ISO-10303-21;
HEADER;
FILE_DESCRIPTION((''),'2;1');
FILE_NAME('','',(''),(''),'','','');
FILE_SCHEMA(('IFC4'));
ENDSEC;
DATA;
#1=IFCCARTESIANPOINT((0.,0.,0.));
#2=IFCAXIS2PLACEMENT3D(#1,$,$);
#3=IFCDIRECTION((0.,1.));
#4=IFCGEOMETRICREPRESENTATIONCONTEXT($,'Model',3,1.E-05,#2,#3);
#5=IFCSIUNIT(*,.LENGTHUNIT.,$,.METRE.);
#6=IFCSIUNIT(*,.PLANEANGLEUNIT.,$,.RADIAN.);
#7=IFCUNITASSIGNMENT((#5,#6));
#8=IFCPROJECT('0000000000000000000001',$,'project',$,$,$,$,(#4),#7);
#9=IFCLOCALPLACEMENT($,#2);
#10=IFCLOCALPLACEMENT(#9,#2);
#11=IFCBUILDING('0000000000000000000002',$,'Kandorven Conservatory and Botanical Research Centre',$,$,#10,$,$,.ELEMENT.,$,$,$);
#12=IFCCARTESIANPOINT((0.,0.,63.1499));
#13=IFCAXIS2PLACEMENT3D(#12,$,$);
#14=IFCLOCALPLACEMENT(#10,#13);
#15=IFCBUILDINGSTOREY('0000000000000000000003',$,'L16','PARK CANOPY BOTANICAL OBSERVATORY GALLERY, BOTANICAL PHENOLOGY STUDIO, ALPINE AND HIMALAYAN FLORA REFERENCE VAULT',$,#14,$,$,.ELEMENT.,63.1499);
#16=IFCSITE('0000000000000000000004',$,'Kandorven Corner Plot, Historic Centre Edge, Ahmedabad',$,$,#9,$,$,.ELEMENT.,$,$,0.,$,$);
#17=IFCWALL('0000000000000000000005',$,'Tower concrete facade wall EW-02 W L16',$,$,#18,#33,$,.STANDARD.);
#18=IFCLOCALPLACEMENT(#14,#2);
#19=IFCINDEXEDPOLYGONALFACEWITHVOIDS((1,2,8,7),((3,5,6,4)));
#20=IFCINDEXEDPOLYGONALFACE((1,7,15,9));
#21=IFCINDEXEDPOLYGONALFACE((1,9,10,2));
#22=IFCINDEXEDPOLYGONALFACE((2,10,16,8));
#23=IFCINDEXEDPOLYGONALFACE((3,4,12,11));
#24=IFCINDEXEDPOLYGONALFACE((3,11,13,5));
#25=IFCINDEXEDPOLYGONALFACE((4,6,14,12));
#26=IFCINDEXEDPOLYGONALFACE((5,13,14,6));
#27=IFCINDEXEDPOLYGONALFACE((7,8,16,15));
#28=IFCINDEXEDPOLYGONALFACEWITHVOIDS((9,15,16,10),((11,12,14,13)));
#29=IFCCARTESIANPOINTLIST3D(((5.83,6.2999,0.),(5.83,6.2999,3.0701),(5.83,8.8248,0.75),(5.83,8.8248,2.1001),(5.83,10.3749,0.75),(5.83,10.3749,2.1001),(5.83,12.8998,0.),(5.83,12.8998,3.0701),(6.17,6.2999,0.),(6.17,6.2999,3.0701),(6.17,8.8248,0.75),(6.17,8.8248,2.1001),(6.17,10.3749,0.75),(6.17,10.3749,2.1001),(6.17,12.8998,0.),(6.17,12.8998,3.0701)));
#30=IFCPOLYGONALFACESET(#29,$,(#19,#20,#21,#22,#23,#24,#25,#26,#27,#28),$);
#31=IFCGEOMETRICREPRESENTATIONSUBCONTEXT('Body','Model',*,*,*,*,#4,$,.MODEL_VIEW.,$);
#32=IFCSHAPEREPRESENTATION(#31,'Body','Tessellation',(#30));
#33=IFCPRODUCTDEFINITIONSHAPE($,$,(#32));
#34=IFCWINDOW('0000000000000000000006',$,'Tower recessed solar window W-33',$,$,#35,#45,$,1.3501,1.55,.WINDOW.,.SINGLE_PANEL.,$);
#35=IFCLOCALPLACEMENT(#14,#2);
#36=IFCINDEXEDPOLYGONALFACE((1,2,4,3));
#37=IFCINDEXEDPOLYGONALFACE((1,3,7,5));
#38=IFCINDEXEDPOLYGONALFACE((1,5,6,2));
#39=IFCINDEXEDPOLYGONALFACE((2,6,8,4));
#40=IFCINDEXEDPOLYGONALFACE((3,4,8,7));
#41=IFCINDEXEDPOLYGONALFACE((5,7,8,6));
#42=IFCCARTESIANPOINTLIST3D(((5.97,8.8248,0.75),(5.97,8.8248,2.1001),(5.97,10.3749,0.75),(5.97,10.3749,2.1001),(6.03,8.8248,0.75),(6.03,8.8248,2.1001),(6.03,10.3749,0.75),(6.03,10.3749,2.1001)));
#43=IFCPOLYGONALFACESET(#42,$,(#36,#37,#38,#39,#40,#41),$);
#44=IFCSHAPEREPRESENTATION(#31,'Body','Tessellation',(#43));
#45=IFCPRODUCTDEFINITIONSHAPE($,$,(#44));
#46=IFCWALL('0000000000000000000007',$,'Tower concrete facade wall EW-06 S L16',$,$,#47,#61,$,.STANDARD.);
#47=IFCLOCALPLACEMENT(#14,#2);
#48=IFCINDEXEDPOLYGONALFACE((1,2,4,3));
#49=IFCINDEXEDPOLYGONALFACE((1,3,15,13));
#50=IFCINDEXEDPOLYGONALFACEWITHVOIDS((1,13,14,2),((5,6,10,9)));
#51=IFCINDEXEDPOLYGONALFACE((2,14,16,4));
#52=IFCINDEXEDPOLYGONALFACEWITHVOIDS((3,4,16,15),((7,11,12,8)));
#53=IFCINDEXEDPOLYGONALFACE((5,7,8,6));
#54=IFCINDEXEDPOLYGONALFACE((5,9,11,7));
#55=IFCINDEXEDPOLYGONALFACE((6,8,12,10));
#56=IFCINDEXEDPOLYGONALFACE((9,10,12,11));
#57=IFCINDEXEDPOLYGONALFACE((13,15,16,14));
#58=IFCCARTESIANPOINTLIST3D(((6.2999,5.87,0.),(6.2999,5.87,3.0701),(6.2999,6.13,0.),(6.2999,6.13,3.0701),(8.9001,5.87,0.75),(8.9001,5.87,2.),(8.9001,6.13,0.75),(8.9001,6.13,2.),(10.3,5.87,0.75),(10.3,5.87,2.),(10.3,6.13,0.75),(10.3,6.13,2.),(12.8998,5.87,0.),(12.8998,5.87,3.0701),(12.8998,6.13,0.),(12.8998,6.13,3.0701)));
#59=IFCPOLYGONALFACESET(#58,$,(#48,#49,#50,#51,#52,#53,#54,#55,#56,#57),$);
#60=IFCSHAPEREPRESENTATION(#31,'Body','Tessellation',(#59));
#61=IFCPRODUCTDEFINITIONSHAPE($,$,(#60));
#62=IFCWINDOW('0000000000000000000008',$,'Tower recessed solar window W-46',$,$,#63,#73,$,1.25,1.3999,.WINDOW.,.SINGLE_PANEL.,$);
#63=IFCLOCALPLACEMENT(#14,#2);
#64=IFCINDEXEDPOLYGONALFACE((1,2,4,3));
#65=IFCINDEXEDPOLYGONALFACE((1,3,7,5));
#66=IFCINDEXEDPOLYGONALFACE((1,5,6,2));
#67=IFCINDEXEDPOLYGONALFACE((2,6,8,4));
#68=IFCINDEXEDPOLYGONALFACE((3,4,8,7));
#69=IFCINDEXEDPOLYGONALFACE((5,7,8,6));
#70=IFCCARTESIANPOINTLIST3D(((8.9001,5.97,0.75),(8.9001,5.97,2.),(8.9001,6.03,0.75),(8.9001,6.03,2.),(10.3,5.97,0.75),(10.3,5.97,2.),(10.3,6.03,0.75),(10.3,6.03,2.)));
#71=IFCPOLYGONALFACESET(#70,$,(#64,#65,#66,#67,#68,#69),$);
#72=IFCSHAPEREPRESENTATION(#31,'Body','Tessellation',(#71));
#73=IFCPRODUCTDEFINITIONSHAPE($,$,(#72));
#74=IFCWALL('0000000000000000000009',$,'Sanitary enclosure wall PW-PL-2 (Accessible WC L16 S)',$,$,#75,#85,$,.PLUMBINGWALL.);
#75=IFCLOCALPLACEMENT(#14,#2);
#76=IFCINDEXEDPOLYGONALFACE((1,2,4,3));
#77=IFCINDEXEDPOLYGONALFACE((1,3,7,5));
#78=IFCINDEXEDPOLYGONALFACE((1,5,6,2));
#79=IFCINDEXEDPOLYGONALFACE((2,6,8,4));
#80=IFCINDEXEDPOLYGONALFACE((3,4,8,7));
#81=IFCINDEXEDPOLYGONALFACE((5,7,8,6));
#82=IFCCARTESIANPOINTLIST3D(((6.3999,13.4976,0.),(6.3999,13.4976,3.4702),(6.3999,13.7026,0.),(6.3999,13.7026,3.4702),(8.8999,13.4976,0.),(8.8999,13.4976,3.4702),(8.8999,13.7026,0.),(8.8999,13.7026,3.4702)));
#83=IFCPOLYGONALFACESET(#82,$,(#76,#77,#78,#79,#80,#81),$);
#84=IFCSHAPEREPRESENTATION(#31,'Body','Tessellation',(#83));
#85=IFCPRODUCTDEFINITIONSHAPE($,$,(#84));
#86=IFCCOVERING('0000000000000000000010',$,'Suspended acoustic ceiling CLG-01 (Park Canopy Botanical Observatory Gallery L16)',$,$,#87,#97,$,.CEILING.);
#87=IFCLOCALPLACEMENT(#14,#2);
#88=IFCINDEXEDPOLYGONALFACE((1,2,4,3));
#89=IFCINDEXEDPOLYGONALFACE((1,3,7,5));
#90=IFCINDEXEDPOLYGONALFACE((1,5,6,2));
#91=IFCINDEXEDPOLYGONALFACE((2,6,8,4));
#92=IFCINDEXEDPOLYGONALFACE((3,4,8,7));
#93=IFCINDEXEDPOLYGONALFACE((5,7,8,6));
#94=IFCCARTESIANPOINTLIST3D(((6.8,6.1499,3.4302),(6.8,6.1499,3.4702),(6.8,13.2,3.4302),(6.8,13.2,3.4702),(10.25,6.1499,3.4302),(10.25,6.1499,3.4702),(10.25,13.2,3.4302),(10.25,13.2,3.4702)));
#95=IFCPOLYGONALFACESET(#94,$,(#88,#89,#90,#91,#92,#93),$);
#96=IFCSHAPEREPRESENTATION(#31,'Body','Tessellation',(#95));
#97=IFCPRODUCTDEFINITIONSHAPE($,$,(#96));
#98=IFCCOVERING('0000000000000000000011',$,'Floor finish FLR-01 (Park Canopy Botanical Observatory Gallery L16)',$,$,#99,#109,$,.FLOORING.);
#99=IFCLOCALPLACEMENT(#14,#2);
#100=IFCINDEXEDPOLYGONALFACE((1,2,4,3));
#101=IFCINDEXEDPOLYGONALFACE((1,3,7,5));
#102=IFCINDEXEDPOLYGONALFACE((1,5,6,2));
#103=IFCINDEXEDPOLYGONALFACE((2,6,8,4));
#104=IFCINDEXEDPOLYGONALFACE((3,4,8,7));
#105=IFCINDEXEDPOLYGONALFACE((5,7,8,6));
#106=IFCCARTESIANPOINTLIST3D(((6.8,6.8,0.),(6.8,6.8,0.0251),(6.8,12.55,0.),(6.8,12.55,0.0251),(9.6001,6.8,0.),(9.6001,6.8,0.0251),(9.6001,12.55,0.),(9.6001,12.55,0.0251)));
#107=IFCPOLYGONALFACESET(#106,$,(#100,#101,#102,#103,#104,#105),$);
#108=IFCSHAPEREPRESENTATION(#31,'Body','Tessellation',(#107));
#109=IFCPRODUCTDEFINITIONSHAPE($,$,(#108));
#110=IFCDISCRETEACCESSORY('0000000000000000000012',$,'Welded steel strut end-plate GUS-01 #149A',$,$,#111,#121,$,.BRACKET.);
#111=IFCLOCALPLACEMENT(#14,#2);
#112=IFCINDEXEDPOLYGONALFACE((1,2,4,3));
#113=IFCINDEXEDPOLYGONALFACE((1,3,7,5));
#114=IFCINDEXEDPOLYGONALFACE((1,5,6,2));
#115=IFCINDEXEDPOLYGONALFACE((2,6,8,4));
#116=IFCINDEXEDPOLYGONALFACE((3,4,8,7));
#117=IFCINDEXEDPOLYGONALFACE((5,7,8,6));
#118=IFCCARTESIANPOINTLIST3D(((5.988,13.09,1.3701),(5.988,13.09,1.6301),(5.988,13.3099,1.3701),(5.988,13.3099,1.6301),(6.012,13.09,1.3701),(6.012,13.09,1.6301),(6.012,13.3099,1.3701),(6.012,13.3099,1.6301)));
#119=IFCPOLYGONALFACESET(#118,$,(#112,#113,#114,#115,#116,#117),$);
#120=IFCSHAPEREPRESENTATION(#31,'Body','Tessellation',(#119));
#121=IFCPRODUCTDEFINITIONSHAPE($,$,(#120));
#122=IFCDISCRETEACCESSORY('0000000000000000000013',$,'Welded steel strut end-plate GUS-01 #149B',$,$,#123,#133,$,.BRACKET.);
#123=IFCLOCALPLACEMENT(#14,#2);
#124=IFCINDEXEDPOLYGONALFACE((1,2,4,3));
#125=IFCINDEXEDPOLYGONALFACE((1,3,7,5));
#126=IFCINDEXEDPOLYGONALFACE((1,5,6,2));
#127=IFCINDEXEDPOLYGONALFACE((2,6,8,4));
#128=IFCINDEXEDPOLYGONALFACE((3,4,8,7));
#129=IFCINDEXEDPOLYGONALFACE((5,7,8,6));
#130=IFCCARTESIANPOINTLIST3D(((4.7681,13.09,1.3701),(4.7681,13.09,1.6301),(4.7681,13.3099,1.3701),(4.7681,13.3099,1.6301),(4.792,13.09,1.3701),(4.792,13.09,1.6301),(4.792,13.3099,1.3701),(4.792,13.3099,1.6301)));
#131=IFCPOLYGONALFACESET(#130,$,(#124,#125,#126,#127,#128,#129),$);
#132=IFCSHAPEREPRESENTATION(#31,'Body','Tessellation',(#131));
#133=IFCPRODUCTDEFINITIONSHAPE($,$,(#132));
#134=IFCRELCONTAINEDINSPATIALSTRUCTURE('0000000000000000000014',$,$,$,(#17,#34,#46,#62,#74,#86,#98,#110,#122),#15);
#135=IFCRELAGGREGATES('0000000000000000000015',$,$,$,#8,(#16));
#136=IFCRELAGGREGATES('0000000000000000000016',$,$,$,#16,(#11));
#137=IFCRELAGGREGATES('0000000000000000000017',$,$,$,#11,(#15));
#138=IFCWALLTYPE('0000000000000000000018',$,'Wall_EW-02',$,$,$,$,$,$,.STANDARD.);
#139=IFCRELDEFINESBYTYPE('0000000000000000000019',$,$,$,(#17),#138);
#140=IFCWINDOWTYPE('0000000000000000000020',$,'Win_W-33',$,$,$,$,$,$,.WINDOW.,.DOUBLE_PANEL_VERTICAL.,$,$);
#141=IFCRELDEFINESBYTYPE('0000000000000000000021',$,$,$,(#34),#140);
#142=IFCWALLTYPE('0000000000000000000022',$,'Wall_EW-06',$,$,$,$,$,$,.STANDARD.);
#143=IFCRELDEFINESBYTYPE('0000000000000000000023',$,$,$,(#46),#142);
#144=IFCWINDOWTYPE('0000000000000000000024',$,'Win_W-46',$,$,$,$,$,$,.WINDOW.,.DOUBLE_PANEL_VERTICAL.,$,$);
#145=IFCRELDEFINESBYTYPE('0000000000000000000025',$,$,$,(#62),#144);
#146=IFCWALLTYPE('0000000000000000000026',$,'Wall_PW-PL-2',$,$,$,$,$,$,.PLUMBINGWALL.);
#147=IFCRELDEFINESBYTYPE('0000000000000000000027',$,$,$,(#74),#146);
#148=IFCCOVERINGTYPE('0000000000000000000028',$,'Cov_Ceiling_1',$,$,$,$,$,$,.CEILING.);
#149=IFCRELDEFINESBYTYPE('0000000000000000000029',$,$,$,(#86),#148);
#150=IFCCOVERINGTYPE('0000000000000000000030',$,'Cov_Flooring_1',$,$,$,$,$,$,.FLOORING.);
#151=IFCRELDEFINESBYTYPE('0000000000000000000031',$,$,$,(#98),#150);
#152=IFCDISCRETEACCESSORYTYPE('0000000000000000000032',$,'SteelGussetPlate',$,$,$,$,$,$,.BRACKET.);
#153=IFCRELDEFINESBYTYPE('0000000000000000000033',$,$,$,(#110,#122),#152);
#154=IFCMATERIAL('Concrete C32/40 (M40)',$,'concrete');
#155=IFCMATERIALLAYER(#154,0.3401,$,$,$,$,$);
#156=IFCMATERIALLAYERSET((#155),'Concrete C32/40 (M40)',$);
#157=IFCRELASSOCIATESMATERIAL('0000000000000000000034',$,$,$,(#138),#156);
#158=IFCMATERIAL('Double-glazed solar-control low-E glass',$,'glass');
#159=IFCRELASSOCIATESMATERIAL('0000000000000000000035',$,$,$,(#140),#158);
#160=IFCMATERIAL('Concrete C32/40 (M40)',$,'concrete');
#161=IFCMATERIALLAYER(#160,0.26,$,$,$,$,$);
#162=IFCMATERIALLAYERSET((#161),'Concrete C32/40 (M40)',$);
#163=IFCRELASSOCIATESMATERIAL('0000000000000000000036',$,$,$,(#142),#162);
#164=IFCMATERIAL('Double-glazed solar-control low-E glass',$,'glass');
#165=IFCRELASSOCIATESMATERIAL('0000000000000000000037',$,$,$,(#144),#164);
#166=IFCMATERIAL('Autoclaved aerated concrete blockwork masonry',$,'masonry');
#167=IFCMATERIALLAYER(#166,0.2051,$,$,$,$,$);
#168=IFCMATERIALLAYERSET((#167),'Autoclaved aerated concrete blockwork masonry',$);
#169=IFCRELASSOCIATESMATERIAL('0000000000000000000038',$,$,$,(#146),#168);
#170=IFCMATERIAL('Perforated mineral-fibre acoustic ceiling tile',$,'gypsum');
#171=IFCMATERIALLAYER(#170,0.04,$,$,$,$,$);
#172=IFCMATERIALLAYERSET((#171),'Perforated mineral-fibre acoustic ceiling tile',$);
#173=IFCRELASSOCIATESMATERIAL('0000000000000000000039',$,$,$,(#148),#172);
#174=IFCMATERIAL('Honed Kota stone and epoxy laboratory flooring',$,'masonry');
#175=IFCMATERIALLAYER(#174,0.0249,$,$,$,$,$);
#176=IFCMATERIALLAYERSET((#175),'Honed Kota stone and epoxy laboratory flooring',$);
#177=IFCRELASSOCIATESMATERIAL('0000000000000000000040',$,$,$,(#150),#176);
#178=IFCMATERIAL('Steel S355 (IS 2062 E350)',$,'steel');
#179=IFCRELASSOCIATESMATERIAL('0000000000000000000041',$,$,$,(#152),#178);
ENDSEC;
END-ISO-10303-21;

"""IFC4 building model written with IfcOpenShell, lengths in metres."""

from ifc_helpers import new_model, si_unit, direction, frame, frame_2d, origin, origin_2d, place, context, subcontext, project, spatial, polyline, rectangle, outline, extrude, material, layer, layer_set, type_object, element, fill, save


model = new_model("IFC4")

# Units and contexts
model_context = context("Model", 3, precision=1e-05, world=origin(), true_north=direction((0.0, 1.0)))
body_context = subcontext(model_context, "Body", "Model", "MODEL_VIEW")
ifc_project = project(units=[si_unit("LENGTHUNIT", "METRE"), si_unit("PLANEANGLEUNIT", "RADIAN")], contexts=[model_context])

# Site, building, storey
site_placement = place(None, origin())
site = spatial("IfcSite", under=ifc_project, at=site_placement, Name="Kandorven Corner Plot, Historic Centre Edge, Ahmedabad", CompositionType="ELEMENT", RefElevation=0.0)
building_placement = place(site_placement, origin())
building = spatial("IfcBuilding", under=site, at=building_placement, Name="Kandorven Conservatory and Botanical Research Centre", CompositionType="ELEMENT")
storey_placement = place(building_placement, frame((0.0, 0.0, 63.1499)))
storey = spatial("IfcBuildingStorey", under=building, at=storey_placement, Name="L16", Description="PARK CANOPY BOTANICAL OBSERVATORY GALLERY, BOTANICAL PHENOLOGY STUDIO, ALPINE AND HIMALAYAN FLORA REFERENCE VAULT", CompositionType="ELEMENT", Elevation=63.1499)

# Walls, openings, windows
ifc_material_1 = material(Name="Concrete C32/40 (M40)", Category="concrete")
ifc_layer_1 = layer(ifc_material_1, 0.3401)
ifc_layer_set_1 = layer_set([ifc_layer_1], Name="Concrete C32/40 (M40)")
wall_type_1 = type_object("IfcWallType", Name="Wall_EW-02", PredefinedType="STANDARD", material=ifc_layer_set_1)
wall_1_placement = place(storey_placement, frame((6.0, 6.3, 0.0), z_axis=(0.0, 0.0, 1.0), x_axis=(0.0, 1.0, 0.0)))
wall_1 = element("IfcWall", 1, at=wall_1_placement, inside=storey, type_object=wall_type_1, Name="Tower concrete facade wall EW-02 W L16", PredefinedType="STANDARD", context=body_context, shape_type="SweptSolid", body=[
    extrude(rectangle(XDim=6.5999, YDim=0.3401, at=frame_2d((3.2998, 0.0))), origin(), (0.0, 0.0, 1.0), 3.0701),
])
opening_1_placement = place(wall_1_placement, frame((2.5249, 0.0, 0.75)))
opening_1 = element("IfcOpeningElement", 2, at=opening_1_placement, cuts=wall_1, PredefinedType="OPENING", context=body_context, shape_type="SweptSolid", body=[
    extrude(rectangle(XDim=1.55, YDim=1.3501, at=frame_2d((0.7749, 0.675))), frame((0.0, 0.1799, 0.0), z_axis=(0.0, -1.0, 0.0), x_axis=(1.0, 0.0, 0.0)), (0.0, 0.0, 1.0), 0.3601),
])
ifc_material_2 = material(Name="Double-glazed solar-control low-E glass", Category="glass")
window_type_1 = type_object("IfcWindowType", Name="Win_W-33", PartitioningType="DOUBLE_PANEL_VERTICAL", PredefinedType="WINDOW", material=ifc_material_2)
window_1_placement = place(opening_1_placement, origin())
window_1 = element("IfcWindow", 3, at=window_1_placement, inside=storey, type_object=window_type_1, Name="Tower recessed solar window W-33", OverallHeight=1.3501, OverallWidth=1.55, PartitioningType="SINGLE_PANEL", PredefinedType="WINDOW", context=body_context, shape_type="SweptSolid", body=[
    extrude(rectangle(XDim=1.55, YDim=1.3501, at=frame_2d((0.7749, 0.675))), frame((0.0, 0.03, 0.0), z_axis=(0.0, -1.0, 0.0), x_axis=(1.0, 0.0, 0.0)), (0.0, 0.0, 1.0), 0.0601),
])
fill(opening_1, window_1)
ifc_material_3 = material(Name="Concrete C32/40 (M40)", Category="concrete")
ifc_layer_2 = layer(ifc_material_3, 0.26)
ifc_layer_set_2 = layer_set([ifc_layer_2], Name="Concrete C32/40 (M40)")
wall_type_2 = type_object("IfcWallType", Name="Wall_EW-06", PredefinedType="STANDARD", material=ifc_layer_set_2)
wall_2_placement = place(storey_placement, frame((6.3, 6.0, 0.0), z_axis=(0.0, 0.0, 1.0), x_axis=(1.0, 0.0, 0.0)))
wall_2 = element("IfcWall", 4, at=wall_2_placement, inside=storey, type_object=wall_type_2, Name="Tower concrete facade wall EW-06 S L16", PredefinedType="STANDARD", context=body_context, shape_type="SweptSolid", body=[
    extrude(rectangle(XDim=6.5999, YDim=0.26, at=frame_2d((3.2998, 0.0))), origin(), (0.0, 0.0, 1.0), 3.0701),
])
opening_2_placement = place(wall_2_placement, frame((2.6001, 0.0, 0.75)))
opening_2 = element("IfcOpeningElement", 5, at=opening_2_placement, cuts=wall_2, PredefinedType="OPENING", context=body_context, shape_type="SweptSolid", body=[
    extrude(rectangle(XDim=1.3999, YDim=1.25, at=frame_2d((0.7, 0.625))), frame((0.0, 0.1399, 0.0), z_axis=(0.0, -1.0, 0.0), x_axis=(1.0, 0.0, 0.0)), (0.0, 0.0, 1.0), 0.28),
])
ifc_material_4 = material(Name="Double-glazed solar-control low-E glass", Category="glass")
window_type_2 = type_object("IfcWindowType", Name="Win_W-46", PartitioningType="DOUBLE_PANEL_VERTICAL", PredefinedType="WINDOW", material=ifc_material_4)
window_2_placement = place(opening_2_placement, origin())
window_2 = element("IfcWindow", 6, at=window_2_placement, inside=storey, type_object=window_type_2, Name="Tower recessed solar window W-46", OverallHeight=1.25, OverallWidth=1.3999, PartitioningType="SINGLE_PANEL", PredefinedType="WINDOW", context=body_context, shape_type="SweptSolid", body=[
    extrude(rectangle(XDim=1.3999, YDim=1.25, at=frame_2d((0.7, 0.625))), frame((0.0, 0.03, 0.0), z_axis=(0.0, -1.0, 0.0), x_axis=(1.0, 0.0, 0.0)), (0.0, 0.0, 1.0), 0.0601),
])
fill(opening_2, window_2)

# Wall
ifc_material_5 = material(Name="Autoclaved aerated concrete blockwork masonry", Category="masonry")
ifc_layer_3 = layer(ifc_material_5, 0.2051)
ifc_layer_set_3 = layer_set([ifc_layer_3], Name="Autoclaved aerated concrete blockwork masonry")
wall_type_3 = type_object("IfcWallType", Name="Wall_PW-PL-2", PredefinedType="PLUMBINGWALL", material=ifc_layer_set_3)
wall_3_placement = place(storey_placement, frame((6.3999, 13.6001, 0.0), z_axis=(0.0, 0.0, 1.0), x_axis=(1.0, 0.0, 0.0)))
element("IfcWall", 7, at=wall_3_placement, inside=storey, type_object=wall_type_3, Name="Sanitary enclosure wall PW-PL-2 (Accessible WC L16 S)", PredefinedType="PLUMBINGWALL", context=body_context, shape_type="SweptSolid", body=[
    extrude(rectangle(XDim=2.5, YDim=0.2051, at=frame_2d((1.25, 0.0))), origin(), (0.0, 0.0, 1.0), 3.4702),
])

# Coverings
ifc_material_6 = material(Name="Perforated mineral-fibre acoustic ceiling tile", Category="gypsum")
ifc_layer_4 = layer(ifc_material_6, 0.04)
ifc_layer_set_4 = layer_set([ifc_layer_4], Name="Perforated mineral-fibre acoustic ceiling tile")
covering_type_1 = type_object("IfcCoveringType", Name="Cov_Ceiling_1", PredefinedType="CEILING", material=ifc_layer_set_4)
covering_1_placement = place(storey_placement, frame((0.0, 0.0, 3.4302)))
element("IfcCovering", 8, at=covering_1_placement, inside=storey, type_object=covering_type_1, Name="Suspended acoustic ceiling CLG-01 (Park Canopy Botanical Observatory Gallery L16)", PredefinedType="CEILING", context=body_context, shape_type="SweptSolid", body=[
    extrude(outline(polyline([(6.8, 6.1499), (10.25, 6.1499), (10.25, 13.2), (6.8, 13.2), (6.8, 6.1499)])), origin(), (0.0, 0.0, 1.0), 0.04),
])
ifc_material_7 = material(Name="Honed Kota stone and epoxy laboratory flooring", Category="masonry")
ifc_layer_5 = layer(ifc_material_7, 0.0249)
ifc_layer_set_5 = layer_set([ifc_layer_5], Name="Honed Kota stone and epoxy laboratory flooring")
covering_type_2 = type_object("IfcCoveringType", Name="Cov_Flooring_1", PredefinedType="FLOORING", material=ifc_layer_set_5)
covering_2_placement = place(storey_placement, origin())
element("IfcCovering", 9, at=covering_2_placement, inside=storey, type_object=covering_type_2, Name="Floor finish FLR-01 (Park Canopy Botanical Observatory Gallery L16)", PredefinedType="FLOORING", context=body_context, shape_type="SweptSolid", body=[
    extrude(outline(polyline([(6.8, 6.8), (9.6001, 6.8), (9.6001, 12.55), (6.8, 12.55), (6.8, 6.8)])), origin(), (0.0, 0.0, 1.0), 0.0251),
])

# Discrete accessories
ifc_material_8 = material(Name="Steel S355 (IS 2062 E350)", Category="steel")
discrete_accessory_type = type_object("IfcDiscreteAccessoryType", Name="SteelGussetPlate", PredefinedType="BRACKET", material=ifc_material_8)
for number, where, z_axis, x_axis, name in (
    (10, (6.0, 13.2, 1.3701), (0.0, 0.0, 1.0), (1.0, 0.0, 0.0), "Welded steel strut end-plate GUS-01 #149A"),
    (11, (4.78, 13.2, 1.3701), (0.0, 0.0, 1.0), (1.0, 0.0, 0.0), "Welded steel strut end-plate GUS-01 #149B"),
):
    element("IfcDiscreteAccessory", number, at=place(storey_placement, frame(where, z_axis=z_axis, x_axis=x_axis)), inside=storey, type_object=discrete_accessory_type, Name=name, PredefinedType="BRACKET", context=body_context, shape_type="SweptSolid", body=[
        extrude(rectangle(XDim=0.0239, YDim=0.22, at=origin_2d()), origin(), (0.0, 0.0, 1.0), 0.26),
    ])

save(model, "model.ifc")
